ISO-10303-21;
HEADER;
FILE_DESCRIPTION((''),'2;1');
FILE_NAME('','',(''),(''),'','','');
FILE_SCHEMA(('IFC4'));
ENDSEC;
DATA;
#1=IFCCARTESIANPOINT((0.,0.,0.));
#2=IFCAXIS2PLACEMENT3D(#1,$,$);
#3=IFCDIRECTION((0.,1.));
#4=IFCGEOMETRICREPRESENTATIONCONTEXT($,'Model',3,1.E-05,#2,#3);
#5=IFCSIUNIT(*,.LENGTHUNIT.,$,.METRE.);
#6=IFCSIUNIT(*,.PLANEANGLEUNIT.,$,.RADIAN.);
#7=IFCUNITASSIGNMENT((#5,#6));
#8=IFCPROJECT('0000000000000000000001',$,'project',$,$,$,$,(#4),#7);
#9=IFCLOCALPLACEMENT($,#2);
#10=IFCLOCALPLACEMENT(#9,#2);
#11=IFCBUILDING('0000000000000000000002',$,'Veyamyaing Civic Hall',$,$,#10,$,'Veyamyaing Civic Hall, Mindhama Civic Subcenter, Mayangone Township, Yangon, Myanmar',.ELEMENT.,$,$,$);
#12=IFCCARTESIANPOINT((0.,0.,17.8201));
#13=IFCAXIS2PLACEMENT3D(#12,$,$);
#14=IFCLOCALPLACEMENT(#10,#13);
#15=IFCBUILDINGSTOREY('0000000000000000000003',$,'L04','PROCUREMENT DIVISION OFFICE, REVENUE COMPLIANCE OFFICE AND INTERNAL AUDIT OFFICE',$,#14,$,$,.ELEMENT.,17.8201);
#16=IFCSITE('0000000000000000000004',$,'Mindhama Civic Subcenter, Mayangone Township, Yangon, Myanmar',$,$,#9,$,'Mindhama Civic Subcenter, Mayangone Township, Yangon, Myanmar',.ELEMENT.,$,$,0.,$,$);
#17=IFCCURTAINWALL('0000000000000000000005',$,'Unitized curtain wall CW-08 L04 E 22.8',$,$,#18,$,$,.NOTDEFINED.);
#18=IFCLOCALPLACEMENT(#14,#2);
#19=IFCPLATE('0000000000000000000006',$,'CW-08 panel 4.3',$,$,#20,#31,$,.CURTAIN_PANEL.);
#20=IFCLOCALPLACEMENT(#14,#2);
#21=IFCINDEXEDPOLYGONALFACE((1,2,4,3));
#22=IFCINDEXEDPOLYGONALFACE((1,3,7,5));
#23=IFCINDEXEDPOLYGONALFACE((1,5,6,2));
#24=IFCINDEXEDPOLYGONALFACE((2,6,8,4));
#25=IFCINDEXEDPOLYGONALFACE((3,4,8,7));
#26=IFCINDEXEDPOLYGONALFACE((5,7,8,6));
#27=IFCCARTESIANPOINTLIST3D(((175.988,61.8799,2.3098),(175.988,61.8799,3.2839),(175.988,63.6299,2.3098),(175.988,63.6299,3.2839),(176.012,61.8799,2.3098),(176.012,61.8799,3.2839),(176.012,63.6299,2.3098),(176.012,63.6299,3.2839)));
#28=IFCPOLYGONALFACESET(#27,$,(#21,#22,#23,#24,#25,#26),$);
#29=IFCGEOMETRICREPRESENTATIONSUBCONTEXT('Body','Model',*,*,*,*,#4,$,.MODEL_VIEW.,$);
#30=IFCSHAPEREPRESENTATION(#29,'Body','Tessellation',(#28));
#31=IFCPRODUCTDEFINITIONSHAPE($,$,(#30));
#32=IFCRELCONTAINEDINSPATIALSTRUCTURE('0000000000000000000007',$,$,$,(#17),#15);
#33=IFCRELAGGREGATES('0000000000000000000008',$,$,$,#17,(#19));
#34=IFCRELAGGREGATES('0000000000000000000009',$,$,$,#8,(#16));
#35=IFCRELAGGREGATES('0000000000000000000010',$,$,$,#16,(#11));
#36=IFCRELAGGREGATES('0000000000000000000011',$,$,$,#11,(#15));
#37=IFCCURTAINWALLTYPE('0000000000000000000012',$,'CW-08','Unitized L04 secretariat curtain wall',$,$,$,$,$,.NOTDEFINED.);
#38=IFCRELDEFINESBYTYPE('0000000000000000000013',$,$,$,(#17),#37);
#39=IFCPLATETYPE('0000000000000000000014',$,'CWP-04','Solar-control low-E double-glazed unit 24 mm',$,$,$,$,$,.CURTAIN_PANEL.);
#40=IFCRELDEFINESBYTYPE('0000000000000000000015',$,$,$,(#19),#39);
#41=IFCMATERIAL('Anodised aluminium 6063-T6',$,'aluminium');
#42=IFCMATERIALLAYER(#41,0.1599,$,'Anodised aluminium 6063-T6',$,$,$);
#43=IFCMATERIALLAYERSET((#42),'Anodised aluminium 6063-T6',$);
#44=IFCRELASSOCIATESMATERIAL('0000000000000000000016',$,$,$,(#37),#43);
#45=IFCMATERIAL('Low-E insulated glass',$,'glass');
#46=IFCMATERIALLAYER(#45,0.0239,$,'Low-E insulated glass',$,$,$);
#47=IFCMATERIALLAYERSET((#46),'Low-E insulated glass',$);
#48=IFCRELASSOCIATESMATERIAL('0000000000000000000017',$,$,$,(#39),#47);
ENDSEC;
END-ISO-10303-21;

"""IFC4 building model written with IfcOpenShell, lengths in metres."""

from ifc_helpers import new_model, si_unit, direction, frame, origin, origin_2d, place, context, subcontext, project, spatial, rectangle, extrude, material, layer, layer_set, type_object, element, aggregate, save


model = new_model("IFC4")

# Units and contexts
model_context = context("Model", 3, precision=1e-05, world=origin(), true_north=direction((0.0, 1.0)))
body_context = subcontext(model_context, "Body", "Model", "MODEL_VIEW")
ifc_project = project(units=[si_unit("LENGTHUNIT", "METRE"), si_unit("PLANEANGLEUNIT", "RADIAN")], contexts=[model_context])

# Site, building, storey
site_placement = place(None, origin())
site = spatial("IfcSite", under=ifc_project, at=site_placement, Name="Mindhama Civic Subcenter, Mayangone Township, Yangon, Myanmar", LongName="Mindhama Civic Subcenter, Mayangone Township, Yangon, Myanmar", CompositionType="ELEMENT", RefElevation=0.0)
building_placement = place(site_placement, origin())
building = spatial("IfcBuilding", under=site, at=building_placement, Name="Veyamyaing Civic Hall", LongName="Veyamyaing Civic Hall, Mindhama Civic Subcenter, Mayangone Township, Yangon, Myanmar", CompositionType="ELEMENT")
storey_placement = place(building_placement, frame((0.0, 0.0, 17.8201)))
storey = spatial("IfcBuildingStorey", under=building, at=storey_placement, Name="L04", Description="PROCUREMENT DIVISION OFFICE, REVENUE COMPLIANCE OFFICE AND INTERNAL AUDIT OFFICE", CompositionType="ELEMENT", Elevation=17.8201)

# Curtain wall
ifc_material_1 = material(Name="Anodised aluminium 6063-T6", Category="aluminium")
ifc_layer_1 = layer(ifc_material_1, 0.1599, Name="Anodised aluminium 6063-T6")
ifc_layer_set_1 = layer_set([ifc_layer_1], Name="Anodised aluminium 6063-T6")
curtain_wall_type = type_object("IfcCurtainWallType", Name="CW-08", Description="Unitized L04 secretariat curtain wall", PredefinedType="NOTDEFINED", material=ifc_layer_set_1)
curtain_wall_1_placement = place(storey_placement, origin())
curtain_wall_1 = element("IfcCurtainWall", 1, at=curtain_wall_1_placement, inside=storey, type_object=curtain_wall_type, Name="Unitized curtain wall CW-08 L04 E 22.8", PredefinedType="NOTDEFINED")

# Plate
ifc_material_2 = material(Name="Low-E insulated glass", Category="glass")
ifc_layer_2 = layer(ifc_material_2, 0.0239, Name="Low-E insulated glass")
ifc_layer_set_2 = layer_set([ifc_layer_2], Name="Low-E insulated glass")
plate_type = type_object("IfcPlateType", Name="CWP-04", Description="Solar-control low-E double-glazed unit 24 mm", PredefinedType="CURTAIN_PANEL", material=ifc_layer_set_2)
plate_1_placement = place(storey_placement, frame((176.0, 62.7549, 2.3098), z_axis=(0.0, 0.0, 1.0), x_axis=(0.0, 1.0, 0.0)))
plate_1 = element("IfcPlate", 2, at=plate_1_placement, type_object=plate_type, Name="CW-08 panel 4.3", PredefinedType="CURTAIN_PANEL", context=body_context, shape_type="SweptSolid", body=[
    extrude(rectangle(XDim=1.75, YDim=0.0239, at=origin_2d()), origin(), (0.0, 0.0, 1.0), 0.9741),
])
aggregate(curtain_wall_1, [plate_1])

save(model, "model.ifc")
